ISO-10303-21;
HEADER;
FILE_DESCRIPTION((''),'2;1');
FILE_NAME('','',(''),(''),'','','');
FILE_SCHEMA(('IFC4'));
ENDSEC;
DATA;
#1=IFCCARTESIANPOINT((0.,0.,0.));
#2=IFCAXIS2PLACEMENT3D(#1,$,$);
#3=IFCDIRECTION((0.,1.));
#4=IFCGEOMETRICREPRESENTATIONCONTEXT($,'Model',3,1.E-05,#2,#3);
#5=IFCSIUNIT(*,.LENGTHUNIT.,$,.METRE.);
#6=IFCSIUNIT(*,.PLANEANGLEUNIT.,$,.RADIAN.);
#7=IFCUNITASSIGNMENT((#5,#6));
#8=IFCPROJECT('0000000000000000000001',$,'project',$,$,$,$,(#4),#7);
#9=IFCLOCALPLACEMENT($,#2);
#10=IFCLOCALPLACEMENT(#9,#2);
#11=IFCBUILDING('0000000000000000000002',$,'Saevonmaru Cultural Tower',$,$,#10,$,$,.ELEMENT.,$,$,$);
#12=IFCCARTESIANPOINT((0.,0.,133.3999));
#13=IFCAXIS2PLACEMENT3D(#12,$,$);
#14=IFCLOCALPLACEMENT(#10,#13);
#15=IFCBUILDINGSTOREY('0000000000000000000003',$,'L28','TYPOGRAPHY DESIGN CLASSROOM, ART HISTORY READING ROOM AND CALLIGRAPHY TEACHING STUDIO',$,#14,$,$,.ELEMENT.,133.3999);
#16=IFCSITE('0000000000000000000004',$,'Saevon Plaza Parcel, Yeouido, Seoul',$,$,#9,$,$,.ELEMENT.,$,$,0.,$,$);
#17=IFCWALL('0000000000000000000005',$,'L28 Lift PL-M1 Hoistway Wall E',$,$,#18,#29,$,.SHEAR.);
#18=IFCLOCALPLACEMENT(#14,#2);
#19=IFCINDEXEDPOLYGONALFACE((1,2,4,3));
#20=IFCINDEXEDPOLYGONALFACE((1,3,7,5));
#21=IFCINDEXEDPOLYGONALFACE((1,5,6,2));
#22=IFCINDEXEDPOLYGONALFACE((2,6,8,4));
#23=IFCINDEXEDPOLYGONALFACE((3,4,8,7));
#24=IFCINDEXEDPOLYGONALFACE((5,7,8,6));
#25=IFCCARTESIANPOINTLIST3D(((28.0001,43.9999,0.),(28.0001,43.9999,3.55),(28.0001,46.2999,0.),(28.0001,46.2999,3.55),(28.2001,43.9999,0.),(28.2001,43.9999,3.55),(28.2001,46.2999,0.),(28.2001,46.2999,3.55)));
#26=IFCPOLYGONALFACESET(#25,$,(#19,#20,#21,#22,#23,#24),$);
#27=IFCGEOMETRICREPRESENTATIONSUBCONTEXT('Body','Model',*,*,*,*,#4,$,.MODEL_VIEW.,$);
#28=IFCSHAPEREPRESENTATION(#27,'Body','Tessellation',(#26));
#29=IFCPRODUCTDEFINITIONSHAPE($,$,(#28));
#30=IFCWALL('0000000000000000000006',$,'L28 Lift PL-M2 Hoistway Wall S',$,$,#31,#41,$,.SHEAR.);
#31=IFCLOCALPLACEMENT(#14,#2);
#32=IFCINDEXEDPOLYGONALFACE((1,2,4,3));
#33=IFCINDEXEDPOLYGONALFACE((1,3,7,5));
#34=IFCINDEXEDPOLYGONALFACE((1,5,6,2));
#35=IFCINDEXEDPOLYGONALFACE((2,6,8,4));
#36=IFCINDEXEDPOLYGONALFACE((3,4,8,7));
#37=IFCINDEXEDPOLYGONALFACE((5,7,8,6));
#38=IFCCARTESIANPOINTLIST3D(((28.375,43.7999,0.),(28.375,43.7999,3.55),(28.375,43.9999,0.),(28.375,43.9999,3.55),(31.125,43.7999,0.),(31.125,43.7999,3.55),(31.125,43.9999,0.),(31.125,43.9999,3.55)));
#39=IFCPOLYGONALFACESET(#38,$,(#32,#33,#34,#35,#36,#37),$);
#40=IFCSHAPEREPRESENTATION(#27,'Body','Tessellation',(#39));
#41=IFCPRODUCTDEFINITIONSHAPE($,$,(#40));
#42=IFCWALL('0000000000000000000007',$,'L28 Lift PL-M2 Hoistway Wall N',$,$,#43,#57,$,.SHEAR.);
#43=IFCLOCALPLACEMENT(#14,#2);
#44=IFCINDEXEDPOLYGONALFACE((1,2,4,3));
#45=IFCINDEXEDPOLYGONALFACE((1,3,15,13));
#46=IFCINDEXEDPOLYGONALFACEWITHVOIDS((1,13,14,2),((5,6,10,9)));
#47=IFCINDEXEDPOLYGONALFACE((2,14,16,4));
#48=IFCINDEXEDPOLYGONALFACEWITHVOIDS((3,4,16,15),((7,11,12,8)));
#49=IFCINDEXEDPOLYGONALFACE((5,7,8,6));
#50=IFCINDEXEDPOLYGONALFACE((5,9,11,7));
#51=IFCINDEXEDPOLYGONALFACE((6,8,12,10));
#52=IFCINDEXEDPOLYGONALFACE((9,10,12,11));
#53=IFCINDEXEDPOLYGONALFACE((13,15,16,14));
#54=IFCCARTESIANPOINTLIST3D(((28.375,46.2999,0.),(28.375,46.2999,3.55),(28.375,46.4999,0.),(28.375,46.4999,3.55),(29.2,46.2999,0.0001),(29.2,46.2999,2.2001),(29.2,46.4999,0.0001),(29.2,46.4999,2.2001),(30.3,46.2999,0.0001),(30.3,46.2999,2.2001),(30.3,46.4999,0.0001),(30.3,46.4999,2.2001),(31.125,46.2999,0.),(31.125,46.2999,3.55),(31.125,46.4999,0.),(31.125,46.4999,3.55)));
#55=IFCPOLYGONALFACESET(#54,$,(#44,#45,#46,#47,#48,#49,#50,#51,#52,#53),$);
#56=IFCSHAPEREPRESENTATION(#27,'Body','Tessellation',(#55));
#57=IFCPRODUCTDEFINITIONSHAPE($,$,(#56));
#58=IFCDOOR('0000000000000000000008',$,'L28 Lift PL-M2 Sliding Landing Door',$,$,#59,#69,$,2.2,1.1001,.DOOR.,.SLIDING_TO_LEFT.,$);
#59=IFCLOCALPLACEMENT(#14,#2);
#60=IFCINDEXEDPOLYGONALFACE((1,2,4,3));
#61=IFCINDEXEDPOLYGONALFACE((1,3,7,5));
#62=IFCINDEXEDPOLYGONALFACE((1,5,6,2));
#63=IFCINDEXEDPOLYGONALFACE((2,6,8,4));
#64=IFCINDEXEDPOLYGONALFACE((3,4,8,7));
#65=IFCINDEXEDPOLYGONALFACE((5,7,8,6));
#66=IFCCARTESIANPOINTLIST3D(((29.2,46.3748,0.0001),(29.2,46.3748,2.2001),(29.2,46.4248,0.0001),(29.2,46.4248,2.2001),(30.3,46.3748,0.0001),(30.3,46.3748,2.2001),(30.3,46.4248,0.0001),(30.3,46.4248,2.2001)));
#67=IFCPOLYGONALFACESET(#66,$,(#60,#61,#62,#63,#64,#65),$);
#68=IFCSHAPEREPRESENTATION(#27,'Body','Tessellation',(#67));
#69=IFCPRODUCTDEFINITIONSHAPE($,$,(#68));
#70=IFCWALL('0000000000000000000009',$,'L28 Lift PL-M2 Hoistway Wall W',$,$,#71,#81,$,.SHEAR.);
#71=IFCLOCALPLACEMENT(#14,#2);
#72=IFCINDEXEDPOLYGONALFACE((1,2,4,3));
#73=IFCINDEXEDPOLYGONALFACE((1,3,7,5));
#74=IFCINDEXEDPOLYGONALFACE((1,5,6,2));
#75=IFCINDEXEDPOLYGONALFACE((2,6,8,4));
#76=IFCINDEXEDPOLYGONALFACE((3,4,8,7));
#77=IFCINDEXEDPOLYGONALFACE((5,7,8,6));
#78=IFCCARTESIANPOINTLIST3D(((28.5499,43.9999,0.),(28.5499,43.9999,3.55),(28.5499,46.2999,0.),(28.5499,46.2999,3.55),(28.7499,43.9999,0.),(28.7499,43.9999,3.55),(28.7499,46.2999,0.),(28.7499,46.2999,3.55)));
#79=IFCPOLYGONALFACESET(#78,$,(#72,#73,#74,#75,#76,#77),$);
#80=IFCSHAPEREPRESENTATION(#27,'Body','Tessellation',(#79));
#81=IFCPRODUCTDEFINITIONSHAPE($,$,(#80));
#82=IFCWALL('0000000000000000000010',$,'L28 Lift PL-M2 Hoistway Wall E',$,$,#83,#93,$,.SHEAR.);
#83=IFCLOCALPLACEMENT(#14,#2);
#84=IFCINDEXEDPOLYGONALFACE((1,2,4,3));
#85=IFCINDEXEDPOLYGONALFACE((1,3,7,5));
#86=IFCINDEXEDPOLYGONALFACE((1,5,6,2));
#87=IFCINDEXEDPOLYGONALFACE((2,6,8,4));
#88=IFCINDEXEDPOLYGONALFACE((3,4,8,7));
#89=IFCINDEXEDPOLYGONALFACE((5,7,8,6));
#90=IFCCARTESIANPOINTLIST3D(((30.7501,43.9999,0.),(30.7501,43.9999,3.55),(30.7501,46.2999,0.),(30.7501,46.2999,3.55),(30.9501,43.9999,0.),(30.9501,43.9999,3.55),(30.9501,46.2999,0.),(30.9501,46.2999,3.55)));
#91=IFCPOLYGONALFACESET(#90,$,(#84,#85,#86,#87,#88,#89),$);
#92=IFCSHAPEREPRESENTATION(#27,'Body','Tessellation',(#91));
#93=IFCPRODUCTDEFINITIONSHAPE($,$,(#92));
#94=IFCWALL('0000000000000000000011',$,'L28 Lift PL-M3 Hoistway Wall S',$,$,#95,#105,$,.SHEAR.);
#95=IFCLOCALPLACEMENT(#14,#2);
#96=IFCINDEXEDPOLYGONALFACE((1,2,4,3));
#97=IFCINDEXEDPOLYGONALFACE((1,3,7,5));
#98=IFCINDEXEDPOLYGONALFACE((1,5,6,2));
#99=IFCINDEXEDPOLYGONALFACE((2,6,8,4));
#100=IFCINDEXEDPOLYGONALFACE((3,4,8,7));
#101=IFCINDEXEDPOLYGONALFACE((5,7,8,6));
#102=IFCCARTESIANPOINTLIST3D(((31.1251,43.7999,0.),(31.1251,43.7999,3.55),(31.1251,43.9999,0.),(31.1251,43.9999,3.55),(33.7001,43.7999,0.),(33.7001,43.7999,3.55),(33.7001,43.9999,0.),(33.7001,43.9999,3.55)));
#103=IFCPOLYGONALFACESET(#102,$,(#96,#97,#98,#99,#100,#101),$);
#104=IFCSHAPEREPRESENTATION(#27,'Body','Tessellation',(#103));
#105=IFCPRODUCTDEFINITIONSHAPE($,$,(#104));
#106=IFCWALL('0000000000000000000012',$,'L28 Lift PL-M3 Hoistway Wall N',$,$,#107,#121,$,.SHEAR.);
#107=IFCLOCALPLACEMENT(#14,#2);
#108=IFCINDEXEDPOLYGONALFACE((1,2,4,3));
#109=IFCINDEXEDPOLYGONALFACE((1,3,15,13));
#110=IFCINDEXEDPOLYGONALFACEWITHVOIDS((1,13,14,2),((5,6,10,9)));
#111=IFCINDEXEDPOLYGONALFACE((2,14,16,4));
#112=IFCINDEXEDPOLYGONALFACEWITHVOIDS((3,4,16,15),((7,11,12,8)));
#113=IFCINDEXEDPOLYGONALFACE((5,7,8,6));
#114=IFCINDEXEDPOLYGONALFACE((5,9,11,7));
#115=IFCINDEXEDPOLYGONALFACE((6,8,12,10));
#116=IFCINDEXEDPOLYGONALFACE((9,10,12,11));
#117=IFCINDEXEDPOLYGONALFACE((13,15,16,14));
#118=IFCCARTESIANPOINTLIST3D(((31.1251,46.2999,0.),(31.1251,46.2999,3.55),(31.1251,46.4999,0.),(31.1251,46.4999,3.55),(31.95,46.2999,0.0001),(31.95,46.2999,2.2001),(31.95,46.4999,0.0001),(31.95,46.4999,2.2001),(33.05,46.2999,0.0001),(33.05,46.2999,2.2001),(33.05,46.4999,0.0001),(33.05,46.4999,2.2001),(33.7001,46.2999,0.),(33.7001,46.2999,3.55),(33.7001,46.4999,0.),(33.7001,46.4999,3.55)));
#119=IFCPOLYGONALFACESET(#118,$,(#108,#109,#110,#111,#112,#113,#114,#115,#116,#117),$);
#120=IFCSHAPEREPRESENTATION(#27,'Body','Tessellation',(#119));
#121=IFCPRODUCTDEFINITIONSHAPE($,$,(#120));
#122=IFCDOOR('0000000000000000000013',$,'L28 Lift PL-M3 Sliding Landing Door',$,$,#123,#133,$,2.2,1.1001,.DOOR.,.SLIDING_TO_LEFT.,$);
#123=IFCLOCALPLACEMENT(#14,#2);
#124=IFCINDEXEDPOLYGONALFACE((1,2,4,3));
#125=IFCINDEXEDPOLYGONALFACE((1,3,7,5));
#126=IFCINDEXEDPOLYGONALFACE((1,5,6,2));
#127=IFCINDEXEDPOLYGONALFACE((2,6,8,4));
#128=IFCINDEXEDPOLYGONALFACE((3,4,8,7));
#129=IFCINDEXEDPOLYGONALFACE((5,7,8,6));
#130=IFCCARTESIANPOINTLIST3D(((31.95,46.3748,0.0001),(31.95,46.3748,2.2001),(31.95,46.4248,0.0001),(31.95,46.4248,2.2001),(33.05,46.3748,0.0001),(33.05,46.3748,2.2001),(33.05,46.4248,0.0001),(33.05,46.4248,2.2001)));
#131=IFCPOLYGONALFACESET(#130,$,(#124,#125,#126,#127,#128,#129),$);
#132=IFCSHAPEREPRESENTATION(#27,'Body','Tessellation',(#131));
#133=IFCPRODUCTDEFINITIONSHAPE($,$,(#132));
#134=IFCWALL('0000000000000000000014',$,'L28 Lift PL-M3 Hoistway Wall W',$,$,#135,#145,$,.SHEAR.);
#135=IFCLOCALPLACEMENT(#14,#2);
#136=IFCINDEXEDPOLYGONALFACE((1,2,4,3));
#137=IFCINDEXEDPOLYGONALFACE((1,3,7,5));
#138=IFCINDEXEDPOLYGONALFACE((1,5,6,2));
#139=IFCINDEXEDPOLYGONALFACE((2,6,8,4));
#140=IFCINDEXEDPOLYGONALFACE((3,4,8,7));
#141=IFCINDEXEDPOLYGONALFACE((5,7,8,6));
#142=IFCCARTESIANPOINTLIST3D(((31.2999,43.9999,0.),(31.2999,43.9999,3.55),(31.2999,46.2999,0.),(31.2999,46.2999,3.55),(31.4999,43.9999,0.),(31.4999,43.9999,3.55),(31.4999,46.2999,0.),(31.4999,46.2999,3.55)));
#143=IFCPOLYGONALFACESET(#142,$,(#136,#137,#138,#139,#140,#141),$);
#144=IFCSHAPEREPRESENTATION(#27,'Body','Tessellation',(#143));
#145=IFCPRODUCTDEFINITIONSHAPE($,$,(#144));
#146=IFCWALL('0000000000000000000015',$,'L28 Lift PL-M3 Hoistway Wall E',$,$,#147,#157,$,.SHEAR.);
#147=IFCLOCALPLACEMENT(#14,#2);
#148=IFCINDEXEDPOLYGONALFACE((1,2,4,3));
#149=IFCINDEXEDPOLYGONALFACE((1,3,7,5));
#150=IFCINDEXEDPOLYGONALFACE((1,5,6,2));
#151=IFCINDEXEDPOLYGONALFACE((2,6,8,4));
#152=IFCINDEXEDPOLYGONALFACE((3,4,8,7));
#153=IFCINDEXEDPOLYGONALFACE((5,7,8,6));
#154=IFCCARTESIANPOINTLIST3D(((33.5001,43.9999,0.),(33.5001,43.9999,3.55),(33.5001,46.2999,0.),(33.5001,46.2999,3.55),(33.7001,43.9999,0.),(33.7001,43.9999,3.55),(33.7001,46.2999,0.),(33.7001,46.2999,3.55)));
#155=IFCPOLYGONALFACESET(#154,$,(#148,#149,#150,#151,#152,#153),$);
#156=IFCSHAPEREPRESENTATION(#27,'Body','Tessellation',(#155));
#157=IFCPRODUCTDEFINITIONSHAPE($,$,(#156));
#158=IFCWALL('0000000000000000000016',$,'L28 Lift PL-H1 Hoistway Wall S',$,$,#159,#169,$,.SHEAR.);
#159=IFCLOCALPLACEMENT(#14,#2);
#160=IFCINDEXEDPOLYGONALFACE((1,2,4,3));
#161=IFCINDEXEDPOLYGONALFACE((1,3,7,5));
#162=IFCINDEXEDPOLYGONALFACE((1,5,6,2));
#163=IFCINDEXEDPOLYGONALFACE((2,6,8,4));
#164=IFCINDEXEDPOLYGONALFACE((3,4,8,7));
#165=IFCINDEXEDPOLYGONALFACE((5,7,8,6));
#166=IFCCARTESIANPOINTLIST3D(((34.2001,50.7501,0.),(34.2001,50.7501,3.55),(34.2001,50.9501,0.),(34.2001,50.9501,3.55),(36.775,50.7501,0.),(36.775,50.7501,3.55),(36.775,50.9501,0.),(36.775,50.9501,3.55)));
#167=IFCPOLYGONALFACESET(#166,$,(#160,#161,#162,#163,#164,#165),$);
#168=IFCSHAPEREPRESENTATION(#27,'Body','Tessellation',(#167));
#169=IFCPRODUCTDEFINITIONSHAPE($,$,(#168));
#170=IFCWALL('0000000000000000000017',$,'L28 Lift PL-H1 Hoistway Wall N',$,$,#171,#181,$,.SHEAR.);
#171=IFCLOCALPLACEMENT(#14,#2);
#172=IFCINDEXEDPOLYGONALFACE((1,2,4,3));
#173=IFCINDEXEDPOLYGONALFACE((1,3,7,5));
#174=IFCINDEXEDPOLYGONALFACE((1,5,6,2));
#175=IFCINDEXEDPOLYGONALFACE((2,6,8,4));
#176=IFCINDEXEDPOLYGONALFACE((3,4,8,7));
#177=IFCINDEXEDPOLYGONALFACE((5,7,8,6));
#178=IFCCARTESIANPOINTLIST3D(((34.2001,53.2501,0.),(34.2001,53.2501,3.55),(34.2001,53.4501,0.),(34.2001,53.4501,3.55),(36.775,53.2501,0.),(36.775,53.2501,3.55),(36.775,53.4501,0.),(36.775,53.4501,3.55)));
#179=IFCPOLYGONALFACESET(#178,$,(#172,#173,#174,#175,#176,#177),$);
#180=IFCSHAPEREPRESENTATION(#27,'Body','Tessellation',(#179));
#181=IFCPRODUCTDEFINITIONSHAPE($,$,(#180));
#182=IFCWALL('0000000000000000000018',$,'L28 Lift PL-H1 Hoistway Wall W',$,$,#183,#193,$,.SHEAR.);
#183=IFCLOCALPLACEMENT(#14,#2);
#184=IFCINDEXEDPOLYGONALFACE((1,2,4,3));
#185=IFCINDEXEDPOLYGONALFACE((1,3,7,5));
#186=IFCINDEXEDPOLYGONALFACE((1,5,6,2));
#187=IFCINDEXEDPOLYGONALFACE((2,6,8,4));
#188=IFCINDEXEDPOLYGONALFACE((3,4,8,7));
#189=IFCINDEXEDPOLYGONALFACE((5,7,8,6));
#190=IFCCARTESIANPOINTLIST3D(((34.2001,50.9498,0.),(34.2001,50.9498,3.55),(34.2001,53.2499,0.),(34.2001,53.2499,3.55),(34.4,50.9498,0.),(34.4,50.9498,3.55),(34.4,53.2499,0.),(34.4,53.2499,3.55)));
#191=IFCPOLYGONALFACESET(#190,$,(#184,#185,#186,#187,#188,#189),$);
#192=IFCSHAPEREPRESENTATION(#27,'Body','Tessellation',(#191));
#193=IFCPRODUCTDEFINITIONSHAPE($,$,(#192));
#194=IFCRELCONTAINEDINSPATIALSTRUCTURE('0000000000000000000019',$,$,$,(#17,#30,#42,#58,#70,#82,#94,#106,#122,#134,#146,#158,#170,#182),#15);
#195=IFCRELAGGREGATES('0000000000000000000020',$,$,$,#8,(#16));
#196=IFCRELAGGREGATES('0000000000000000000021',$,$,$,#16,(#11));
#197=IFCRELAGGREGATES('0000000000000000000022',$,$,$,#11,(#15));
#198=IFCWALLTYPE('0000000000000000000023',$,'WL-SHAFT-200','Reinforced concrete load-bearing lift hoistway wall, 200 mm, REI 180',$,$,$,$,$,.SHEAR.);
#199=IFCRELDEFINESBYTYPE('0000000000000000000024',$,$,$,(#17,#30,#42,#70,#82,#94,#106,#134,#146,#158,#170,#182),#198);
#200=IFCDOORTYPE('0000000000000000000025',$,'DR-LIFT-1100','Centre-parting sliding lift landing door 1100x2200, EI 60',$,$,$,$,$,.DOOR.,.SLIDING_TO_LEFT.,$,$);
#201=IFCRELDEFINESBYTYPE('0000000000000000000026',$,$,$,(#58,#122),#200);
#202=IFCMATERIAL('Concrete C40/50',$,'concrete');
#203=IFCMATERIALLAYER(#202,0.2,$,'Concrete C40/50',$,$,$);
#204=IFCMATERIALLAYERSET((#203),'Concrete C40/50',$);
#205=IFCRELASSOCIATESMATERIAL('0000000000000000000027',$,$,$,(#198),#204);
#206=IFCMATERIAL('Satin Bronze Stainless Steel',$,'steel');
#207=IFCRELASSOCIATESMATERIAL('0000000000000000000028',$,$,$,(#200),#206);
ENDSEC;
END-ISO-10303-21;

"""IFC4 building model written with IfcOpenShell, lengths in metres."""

from ifc_helpers import new_model, si_unit, direction, frame, frame_2d, origin, place, context, subcontext, project, spatial, rectangle, extrude, material, layer, layer_set, type_object, element, fill, save


model = new_model("IFC4")

# Units and contexts
model_context = context("Model", 3, precision=1e-05, world=origin(), true_north=direction((0.0, 1.0)))
body_context = subcontext(model_context, "Body", "Model", "MODEL_VIEW")
ifc_project = project(units=[si_unit("LENGTHUNIT", "METRE"), si_unit("PLANEANGLEUNIT", "RADIAN")], contexts=[model_context])

# Site, building, storey
site_placement = place(None, origin())
site = spatial("IfcSite", under=ifc_project, at=site_placement, Name="Saevon Plaza Parcel, Yeouido, Seoul", CompositionType="ELEMENT", RefElevation=0.0)
building_placement = place(site_placement, origin())
building = spatial("IfcBuilding", under=site, at=building_placement, Name="Saevonmaru Cultural Tower", CompositionType="ELEMENT")
storey_placement = place(building_placement, frame((0.0, 0.0, 133.3999)))
storey = spatial("IfcBuildingStorey", under=building, at=storey_placement, Name="L28", Description="TYPOGRAPHY DESIGN CLASSROOM, ART HISTORY READING ROOM AND CALLIGRAPHY TEACHING STUDIO", CompositionType="ELEMENT", Elevation=133.3999)

# Shared definitions
ifc_material_1 = material(Name="Concrete C40/50", Category="concrete")
ifc_layer_1 = layer(ifc_material_1, 0.2, Name="Concrete C40/50")
ifc_layer_set_1 = layer_set([ifc_layer_1], Name="Concrete C40/50")
wall_type_1 = type_object("IfcWallType", Name="WL-SHAFT-200", Description="Reinforced concrete load-bearing lift hoistway wall, 200 mm, REI 180", PredefinedType="SHEAR", material=ifc_layer_set_1)
ifc_material_2 = material(Name="Satin Bronze Stainless Steel", Category="steel")
door_type_1 = type_object("IfcDoorType", Name="DR-LIFT-1100", Description="Centre-parting sliding lift landing door 1100x2200, EI 60", OperationType="SLIDING_TO_LEFT", PredefinedType="DOOR", material=ifc_material_2)

# Walls
for number, where, z_axis, x_axis, name in (
    (1, (28.1001, 44.0, 0.0), (0.0, 0.0, 1.0), (0.0, 1.0, 0.0), "L28 Lift PL-M1 Hoistway Wall E"),
):
    element("IfcWall", number, at=place(storey_placement, frame(where, z_axis=z_axis, x_axis=x_axis)), inside=storey, type_object=wall_type_1, Name=name, PredefinedType="SHEAR", context=body_context, shape_type="SweptSolid", body=[
        extrude(rectangle(XDim=2.3, YDim=0.2, at=frame_2d((1.1499, 0.0))), origin(), (0.0, 0.0, 1.0), 3.55),
    ])
wall_1_placement = place(storey_placement, frame((28.375, 43.8999, 0.0), z_axis=(0.0, 0.0, 1.0), x_axis=(1.0, 0.0, 0.0)))
element("IfcWall", 2, at=wall_1_placement, inside=storey, type_object=wall_type_1, Name="L28 Lift PL-M2 Hoistway Wall S", PredefinedType="SHEAR", context=body_context, shape_type="SweptSolid", body=[
    extrude(rectangle(XDim=2.75, YDim=0.2, at=frame_2d((1.375, 0.0))), origin(), (0.0, 0.0, 1.0), 3.55),
])

# Wall, opening, door
wall_2_placement = place(storey_placement, frame((28.375, 46.3999, 0.0), z_axis=(0.0, 0.0, 1.0), x_axis=(1.0, 0.0, 0.0)))
wall_2 = element("IfcWall", 3, at=wall_2_placement, inside=storey, type_object=wall_type_1, Name="L28 Lift PL-M2 Hoistway Wall N", PredefinedType="SHEAR", context=body_context, shape_type="SweptSolid", body=[
    extrude(rectangle(XDim=2.75, YDim=0.2, at=frame_2d((1.375, 0.0))), origin(), (0.0, 0.0, 1.0), 3.55),
])
opening_1_placement = place(wall_2_placement, frame((0.825, 0.0, 0.0)))
opening_1 = element("IfcOpeningElement", 4, at=opening_1_placement, cuts=wall_2, PredefinedType="OPENING", context=body_context, shape_type="SweptSolid", body=[
    extrude(rectangle(XDim=1.1001, YDim=2.2, at=frame_2d((0.55, 1.1001))), frame((0.0, 0.1099, 0.0), z_axis=(0.0, -1.0, 0.0), x_axis=(1.0, 0.0, 0.0)), (0.0, 0.0, 1.0), 0.22),
])
door_1_placement = place(opening_1_placement, origin())
door_1 = element("IfcDoor", 5, at=door_1_placement, inside=storey, type_object=door_type_1, Name="L28 Lift PL-M2 Sliding Landing Door", OperationType="SLIDING_TO_LEFT", OverallHeight=2.2, OverallWidth=1.1001, PredefinedType="DOOR", context=body_context, shape_type="SweptSolid", body=[
    extrude(rectangle(XDim=1.1001, YDim=2.2, at=frame_2d((0.55, 1.1001))), frame((0.0, 0.0249, 0.0), z_axis=(0.0, -1.0, 0.0), x_axis=(1.0, 0.0, 0.0)), (0.0, 0.0, 1.0), 0.05),
])
fill(opening_1, door_1)

# Walls
for number, where, z_axis, x_axis, name in (
    (6, (28.6499, 44.0, 0.0), (0.0, 0.0, 1.0), (0.0, 1.0, 0.0), "L28 Lift PL-M2 Hoistway Wall W"),
    (7, (30.8501, 44.0, 0.0), (0.0, 0.0, 1.0), (0.0, 1.0, 0.0), "L28 Lift PL-M2 Hoistway Wall E"),
):
    element("IfcWall", number, at=place(storey_placement, frame(where, z_axis=z_axis, x_axis=x_axis)), inside=storey, type_object=wall_type_1, Name=name, PredefinedType="SHEAR", context=body_context, shape_type="SweptSolid", body=[
        extrude(rectangle(XDim=2.3, YDim=0.2, at=frame_2d((1.1499, 0.0))), origin(), (0.0, 0.0, 1.0), 3.55),
    ])
wall_3_placement = place(storey_placement, frame((31.125, 43.8999, 0.0), z_axis=(0.0, 0.0, 1.0), x_axis=(1.0, 0.0, 0.0)))
element("IfcWall", 8, at=wall_3_placement, inside=storey, type_object=wall_type_1, Name="L28 Lift PL-M3 Hoistway Wall S", PredefinedType="SHEAR", context=body_context, shape_type="SweptSolid", body=[
    extrude(rectangle(XDim=2.575, YDim=0.2, at=frame_2d((1.2876, 0.0))), origin(), (0.0, 0.0, 1.0), 3.55),
])

# Wall, opening, door
wall_4_placement = place(storey_placement, frame((31.125, 46.3999, 0.0), z_axis=(0.0, 0.0, 1.0), x_axis=(1.0, 0.0, 0.0)))
wall_4 = element("IfcWall", 9, at=wall_4_placement, inside=storey, type_object=wall_type_1, Name="L28 Lift PL-M3 Hoistway Wall N", PredefinedType="SHEAR", context=body_context, shape_type="SweptSolid", body=[
    extrude(rectangle(XDim=2.575, YDim=0.2, at=frame_2d((1.2876, 0.0))), origin(), (0.0, 0.0, 1.0), 3.55),
])
opening_2_placement = place(wall_4_placement, frame((0.825, 0.0, 0.0)))
opening_2 = element("IfcOpeningElement", 10, at=opening_2_placement, cuts=wall_4, PredefinedType="OPENING", context=body_context, shape_type="SweptSolid", body=[
    extrude(rectangle(XDim=1.1001, YDim=2.2, at=frame_2d((0.55, 1.1001))), frame((0.0, 0.1099, 0.0), z_axis=(0.0, -1.0, 0.0), x_axis=(1.0, 0.0, 0.0)), (0.0, 0.0, 1.0), 0.22),
])
door_2_placement = place(opening_2_placement, origin())
door_2 = element("IfcDoor", 11, at=door_2_placement, inside=storey, type_object=door_type_1, Name="L28 Lift PL-M3 Sliding Landing Door", OperationType="SLIDING_TO_LEFT", OverallHeight=2.2, OverallWidth=1.1001, PredefinedType="DOOR", context=body_context, shape_type="SweptSolid", body=[
    extrude(rectangle(XDim=1.1001, YDim=2.2, at=frame_2d((0.55, 1.1001))), frame((0.0, 0.0249, 0.0), z_axis=(0.0, -1.0, 0.0), x_axis=(1.0, 0.0, 0.0)), (0.0, 0.0, 1.0), 0.05),
])
fill(opening_2, door_2)

# Walls
for number, where, z_axis, x_axis, name in (
    (12, (31.3999, 44.0, 0.0), (0.0, 0.0, 1.0), (0.0, 1.0, 0.0), "L28 Lift PL-M3 Hoistway Wall W"),
    (13, (33.6001, 44.0, 0.0), (0.0, 0.0, 1.0), (0.0, 1.0, 0.0), "L28 Lift PL-M3 Hoistway Wall E"),
):
    element("IfcWall", number, at=place(storey_placement, frame(where, z_axis=z_axis, x_axis=x_axis)), inside=storey, type_object=wall_type_1, Name=name, PredefinedType="SHEAR", context=body_context, shape_type="SweptSolid", body=[
        extrude(rectangle(XDim=2.3, YDim=0.2, at=frame_2d((1.1499, 0.0))), origin(), (0.0, 0.0, 1.0), 3.55),
    ])
for number, where, z_axis, x_axis, name in (
    (14, (34.2, 50.8501, 0.0), (0.0, 0.0, 1.0), (1.0, 0.0, 0.0), "L28 Lift PL-H1 Hoistway Wall S"),
    (15, (34.2, 53.3501, 0.0), (0.0, 0.0, 1.0), (1.0, 0.0, 0.0), "L28 Lift PL-H1 Hoistway Wall N"),
):
    element("IfcWall", number, at=place(storey_placement, frame(where, z_axis=z_axis, x_axis=x_axis)), inside=storey, type_object=wall_type_1, Name=name, PredefinedType="SHEAR", context=body_context, shape_type="SweptSolid", body=[
        extrude(rectangle(XDim=2.575, YDim=0.2, at=frame_2d((1.2876, 0.0))), origin(), (0.0, 0.0, 1.0), 3.55),
    ])
wall_5_placement = place(storey_placement, frame((34.3, 50.95, 0.0), z_axis=(0.0, 0.0, 1.0), x_axis=(0.0, 1.0, 0.0)))
element("IfcWall", 16, at=wall_5_placement, inside=storey, type_object=wall_type_1, Name="L28 Lift PL-H1 Hoistway Wall W", PredefinedType="SHEAR", context=body_context, shape_type="SweptSolid", body=[
    extrude(rectangle(XDim=2.3, YDim=0.2, at=frame_2d((1.1499, 0.0))), origin(), (0.0, 0.0, 1.0), 3.55),
])

save(model, "model.ifc")
